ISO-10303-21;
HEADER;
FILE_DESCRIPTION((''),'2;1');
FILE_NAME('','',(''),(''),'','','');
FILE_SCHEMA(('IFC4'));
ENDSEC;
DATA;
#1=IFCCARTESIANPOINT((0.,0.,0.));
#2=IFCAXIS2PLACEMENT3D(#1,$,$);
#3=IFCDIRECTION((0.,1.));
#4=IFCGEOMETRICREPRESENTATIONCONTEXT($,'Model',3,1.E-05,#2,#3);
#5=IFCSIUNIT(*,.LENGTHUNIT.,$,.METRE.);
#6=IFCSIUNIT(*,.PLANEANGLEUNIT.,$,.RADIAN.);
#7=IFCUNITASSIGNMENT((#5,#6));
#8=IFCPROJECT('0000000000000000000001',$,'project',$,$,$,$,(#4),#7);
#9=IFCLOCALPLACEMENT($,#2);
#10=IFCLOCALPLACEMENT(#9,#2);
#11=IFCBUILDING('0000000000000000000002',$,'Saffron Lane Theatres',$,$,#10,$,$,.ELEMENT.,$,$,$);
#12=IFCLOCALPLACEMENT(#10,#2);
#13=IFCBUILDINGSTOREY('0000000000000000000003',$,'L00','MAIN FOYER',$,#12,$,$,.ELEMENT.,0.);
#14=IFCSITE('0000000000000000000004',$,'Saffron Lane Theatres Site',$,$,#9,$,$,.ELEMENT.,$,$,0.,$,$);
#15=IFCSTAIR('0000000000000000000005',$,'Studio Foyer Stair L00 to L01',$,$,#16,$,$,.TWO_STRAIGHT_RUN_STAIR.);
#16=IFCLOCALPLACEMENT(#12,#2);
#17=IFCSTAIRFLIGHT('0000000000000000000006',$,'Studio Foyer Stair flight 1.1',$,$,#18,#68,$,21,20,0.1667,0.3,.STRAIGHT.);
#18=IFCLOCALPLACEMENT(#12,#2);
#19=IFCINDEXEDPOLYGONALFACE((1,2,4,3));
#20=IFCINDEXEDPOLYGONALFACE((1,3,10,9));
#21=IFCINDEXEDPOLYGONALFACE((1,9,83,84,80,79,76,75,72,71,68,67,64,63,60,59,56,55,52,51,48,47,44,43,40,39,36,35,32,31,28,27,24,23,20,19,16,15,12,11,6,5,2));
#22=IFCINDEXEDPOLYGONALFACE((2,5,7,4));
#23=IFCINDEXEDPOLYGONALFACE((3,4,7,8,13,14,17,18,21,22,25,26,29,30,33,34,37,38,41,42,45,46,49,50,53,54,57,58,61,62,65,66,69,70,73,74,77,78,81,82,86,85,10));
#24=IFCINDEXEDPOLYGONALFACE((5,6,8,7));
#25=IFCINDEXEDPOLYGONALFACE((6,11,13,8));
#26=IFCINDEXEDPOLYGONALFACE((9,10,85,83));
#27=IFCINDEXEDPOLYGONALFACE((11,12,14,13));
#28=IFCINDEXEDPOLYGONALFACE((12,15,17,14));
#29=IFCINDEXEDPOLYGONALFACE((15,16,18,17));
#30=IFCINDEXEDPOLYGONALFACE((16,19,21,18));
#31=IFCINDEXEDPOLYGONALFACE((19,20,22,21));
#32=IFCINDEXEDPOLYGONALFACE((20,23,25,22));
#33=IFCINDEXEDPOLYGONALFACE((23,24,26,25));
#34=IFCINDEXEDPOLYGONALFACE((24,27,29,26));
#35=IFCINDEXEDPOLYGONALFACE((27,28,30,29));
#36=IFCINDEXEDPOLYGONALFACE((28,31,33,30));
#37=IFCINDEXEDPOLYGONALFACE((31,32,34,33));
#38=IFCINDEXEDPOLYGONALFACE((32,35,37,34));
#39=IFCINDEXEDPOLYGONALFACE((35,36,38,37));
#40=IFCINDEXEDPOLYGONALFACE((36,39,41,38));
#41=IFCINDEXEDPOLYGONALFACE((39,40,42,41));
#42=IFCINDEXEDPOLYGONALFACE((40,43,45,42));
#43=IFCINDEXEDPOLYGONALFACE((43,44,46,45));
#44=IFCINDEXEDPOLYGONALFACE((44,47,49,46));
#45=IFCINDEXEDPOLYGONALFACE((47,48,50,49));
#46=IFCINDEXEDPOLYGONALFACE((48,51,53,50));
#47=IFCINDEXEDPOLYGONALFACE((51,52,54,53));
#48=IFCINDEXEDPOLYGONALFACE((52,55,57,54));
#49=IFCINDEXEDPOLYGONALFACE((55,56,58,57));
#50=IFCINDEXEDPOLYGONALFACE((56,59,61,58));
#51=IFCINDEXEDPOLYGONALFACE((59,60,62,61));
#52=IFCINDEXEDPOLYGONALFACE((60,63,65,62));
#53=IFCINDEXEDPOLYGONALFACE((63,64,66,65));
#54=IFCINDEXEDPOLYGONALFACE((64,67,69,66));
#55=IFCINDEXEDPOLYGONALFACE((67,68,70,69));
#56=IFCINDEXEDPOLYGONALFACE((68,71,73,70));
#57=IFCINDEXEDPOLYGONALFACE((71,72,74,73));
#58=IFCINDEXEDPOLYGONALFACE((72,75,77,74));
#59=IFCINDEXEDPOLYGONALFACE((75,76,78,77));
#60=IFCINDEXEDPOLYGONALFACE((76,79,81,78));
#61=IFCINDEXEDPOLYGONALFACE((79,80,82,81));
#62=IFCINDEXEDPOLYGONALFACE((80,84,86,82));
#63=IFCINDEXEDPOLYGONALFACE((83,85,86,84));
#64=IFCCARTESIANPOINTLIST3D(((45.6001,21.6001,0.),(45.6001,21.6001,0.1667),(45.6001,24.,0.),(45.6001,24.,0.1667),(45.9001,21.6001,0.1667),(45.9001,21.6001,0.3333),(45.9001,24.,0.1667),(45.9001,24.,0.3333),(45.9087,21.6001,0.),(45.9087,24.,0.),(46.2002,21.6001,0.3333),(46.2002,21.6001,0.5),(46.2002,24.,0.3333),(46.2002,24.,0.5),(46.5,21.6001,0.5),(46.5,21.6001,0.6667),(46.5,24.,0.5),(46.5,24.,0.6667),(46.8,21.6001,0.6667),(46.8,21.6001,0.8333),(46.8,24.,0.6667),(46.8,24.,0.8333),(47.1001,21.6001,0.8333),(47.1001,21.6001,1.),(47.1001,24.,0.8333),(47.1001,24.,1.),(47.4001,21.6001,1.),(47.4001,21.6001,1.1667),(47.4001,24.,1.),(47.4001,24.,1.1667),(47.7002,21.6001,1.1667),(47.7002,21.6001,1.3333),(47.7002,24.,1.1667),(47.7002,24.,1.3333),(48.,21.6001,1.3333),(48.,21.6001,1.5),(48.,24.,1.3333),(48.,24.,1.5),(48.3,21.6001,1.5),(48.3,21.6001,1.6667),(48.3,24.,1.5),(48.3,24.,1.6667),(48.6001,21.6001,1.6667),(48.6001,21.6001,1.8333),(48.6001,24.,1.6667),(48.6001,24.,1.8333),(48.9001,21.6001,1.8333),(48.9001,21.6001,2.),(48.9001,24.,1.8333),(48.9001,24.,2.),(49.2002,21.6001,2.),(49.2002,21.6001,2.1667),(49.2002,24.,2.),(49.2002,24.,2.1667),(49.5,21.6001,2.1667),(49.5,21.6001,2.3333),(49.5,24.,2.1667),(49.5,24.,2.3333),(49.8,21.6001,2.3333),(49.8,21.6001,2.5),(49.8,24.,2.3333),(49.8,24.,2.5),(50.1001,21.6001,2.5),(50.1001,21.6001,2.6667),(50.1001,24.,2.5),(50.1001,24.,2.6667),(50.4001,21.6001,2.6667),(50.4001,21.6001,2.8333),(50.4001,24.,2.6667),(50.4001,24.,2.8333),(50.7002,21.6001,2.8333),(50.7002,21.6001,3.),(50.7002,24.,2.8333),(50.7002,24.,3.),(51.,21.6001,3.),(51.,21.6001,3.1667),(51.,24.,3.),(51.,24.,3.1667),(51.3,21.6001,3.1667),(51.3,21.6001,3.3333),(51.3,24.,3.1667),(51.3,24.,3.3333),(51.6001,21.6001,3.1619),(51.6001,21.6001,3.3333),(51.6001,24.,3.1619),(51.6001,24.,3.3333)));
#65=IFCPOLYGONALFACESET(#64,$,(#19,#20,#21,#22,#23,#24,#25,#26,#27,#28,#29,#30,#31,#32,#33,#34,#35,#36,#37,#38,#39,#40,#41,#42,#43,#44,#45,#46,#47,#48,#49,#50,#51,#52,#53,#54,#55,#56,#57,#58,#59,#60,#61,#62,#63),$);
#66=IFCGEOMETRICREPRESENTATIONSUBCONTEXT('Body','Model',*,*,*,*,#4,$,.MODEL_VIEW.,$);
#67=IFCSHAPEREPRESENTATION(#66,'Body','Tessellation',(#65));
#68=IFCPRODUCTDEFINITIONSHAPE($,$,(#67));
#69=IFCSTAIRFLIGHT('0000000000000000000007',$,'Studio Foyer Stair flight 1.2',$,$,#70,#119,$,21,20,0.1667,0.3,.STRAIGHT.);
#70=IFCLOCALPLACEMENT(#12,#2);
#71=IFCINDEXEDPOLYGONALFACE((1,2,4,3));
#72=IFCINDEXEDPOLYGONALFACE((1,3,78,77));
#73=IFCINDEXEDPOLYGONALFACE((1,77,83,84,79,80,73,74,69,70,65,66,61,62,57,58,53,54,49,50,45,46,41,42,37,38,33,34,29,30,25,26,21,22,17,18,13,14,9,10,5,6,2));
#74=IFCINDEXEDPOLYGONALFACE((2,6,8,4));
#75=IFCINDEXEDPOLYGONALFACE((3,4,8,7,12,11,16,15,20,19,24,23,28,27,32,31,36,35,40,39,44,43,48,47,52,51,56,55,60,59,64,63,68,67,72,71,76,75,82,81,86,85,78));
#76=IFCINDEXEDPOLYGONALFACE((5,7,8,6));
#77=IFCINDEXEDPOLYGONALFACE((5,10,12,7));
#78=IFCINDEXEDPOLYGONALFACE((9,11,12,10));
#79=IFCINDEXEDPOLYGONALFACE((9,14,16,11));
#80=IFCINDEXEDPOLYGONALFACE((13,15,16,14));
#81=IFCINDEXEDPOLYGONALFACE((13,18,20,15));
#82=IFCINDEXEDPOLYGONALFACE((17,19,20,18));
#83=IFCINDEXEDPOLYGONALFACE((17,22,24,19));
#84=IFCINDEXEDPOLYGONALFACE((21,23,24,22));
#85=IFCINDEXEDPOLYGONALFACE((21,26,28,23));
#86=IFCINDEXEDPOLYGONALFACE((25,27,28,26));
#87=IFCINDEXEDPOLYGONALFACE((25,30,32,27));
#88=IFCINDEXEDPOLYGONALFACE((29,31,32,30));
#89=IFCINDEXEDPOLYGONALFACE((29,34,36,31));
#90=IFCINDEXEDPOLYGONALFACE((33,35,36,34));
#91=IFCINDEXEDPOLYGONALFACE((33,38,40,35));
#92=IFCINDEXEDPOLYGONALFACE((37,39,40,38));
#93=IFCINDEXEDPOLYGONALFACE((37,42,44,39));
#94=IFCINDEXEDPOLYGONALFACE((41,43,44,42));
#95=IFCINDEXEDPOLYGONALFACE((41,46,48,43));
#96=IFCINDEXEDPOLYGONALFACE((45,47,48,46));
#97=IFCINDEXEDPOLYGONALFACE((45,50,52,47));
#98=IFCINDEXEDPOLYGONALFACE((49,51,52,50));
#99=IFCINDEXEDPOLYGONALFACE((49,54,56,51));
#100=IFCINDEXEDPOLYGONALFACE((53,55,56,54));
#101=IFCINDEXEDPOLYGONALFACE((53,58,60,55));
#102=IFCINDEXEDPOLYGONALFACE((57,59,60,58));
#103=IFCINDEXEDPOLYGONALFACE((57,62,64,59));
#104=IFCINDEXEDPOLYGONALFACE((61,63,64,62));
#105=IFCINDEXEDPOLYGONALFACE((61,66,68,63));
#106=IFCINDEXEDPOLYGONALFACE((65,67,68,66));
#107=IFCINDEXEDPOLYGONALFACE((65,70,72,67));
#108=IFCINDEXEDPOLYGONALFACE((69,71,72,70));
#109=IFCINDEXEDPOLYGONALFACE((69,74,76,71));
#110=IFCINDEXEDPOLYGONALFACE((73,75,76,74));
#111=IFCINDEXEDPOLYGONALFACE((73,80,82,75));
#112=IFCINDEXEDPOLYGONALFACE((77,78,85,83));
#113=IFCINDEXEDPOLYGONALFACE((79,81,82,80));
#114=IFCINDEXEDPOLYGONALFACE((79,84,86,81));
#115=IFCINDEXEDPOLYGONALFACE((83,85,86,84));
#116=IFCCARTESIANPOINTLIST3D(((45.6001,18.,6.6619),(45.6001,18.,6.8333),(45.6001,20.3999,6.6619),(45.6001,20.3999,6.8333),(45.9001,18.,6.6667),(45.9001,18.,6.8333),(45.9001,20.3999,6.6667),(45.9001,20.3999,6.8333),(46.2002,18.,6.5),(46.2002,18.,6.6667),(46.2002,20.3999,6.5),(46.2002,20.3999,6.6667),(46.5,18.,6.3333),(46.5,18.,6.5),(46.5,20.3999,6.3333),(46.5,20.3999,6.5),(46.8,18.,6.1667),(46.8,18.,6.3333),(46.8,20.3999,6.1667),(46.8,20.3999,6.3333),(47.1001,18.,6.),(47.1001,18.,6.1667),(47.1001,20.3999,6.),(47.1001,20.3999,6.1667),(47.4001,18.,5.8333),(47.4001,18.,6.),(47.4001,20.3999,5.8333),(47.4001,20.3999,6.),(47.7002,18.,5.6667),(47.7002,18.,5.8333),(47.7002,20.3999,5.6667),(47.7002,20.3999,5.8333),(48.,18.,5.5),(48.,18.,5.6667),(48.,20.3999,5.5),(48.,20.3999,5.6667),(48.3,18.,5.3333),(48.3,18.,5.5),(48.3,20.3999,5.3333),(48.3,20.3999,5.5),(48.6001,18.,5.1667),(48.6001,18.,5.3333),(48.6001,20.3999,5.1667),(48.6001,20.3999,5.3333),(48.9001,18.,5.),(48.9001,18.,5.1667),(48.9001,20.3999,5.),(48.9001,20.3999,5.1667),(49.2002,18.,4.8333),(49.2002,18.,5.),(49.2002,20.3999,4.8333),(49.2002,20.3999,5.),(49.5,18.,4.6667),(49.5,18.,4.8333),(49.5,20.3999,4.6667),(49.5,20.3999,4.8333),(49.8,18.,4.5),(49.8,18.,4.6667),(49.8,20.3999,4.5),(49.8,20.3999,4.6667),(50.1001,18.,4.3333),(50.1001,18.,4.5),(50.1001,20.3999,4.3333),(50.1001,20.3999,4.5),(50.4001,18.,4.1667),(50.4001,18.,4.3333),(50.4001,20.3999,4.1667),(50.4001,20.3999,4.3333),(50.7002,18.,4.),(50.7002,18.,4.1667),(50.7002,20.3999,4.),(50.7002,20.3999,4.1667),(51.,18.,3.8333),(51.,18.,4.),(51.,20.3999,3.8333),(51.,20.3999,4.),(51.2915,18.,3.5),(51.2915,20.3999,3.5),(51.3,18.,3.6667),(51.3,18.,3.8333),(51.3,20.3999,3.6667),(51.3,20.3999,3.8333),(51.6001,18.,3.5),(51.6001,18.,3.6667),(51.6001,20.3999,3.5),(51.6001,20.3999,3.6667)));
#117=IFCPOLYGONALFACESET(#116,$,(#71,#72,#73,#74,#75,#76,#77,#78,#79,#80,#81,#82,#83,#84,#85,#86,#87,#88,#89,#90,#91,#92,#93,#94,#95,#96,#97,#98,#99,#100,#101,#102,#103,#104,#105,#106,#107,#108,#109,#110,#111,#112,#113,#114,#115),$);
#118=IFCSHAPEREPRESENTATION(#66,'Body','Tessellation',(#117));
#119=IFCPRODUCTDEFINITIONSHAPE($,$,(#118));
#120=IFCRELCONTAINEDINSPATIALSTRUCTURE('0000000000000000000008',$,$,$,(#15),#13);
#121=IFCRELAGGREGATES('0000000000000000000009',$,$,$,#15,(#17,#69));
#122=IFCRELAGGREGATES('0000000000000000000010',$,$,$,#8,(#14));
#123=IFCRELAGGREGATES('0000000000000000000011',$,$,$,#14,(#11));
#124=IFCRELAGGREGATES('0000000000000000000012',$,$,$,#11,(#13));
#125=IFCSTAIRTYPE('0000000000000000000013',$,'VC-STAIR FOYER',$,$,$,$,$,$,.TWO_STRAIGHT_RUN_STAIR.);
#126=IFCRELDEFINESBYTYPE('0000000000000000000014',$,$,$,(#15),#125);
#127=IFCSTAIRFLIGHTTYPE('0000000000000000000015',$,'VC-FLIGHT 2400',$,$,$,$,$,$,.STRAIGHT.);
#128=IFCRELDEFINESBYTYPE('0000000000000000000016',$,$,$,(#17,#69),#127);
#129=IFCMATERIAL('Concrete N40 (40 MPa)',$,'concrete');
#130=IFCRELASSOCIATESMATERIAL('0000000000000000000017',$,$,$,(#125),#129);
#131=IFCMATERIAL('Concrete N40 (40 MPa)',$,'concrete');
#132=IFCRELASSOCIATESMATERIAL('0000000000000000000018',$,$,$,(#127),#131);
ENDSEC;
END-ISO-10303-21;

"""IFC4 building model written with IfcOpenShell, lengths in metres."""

from ifc_helpers import new_model, si_unit, direction, frame, origin, place, context, subcontext, project, spatial, polyline, outline, extrude, material, type_object, element, aggregate, save


model = new_model("IFC4")

# Units and contexts
model_context = context("Model", 3, precision=1e-05, world=origin(), true_north=direction((0.0, 1.0)))
body_context = subcontext(model_context, "Body", "Model", "MODEL_VIEW")
ifc_project = project(units=[si_unit("LENGTHUNIT", "METRE"), si_unit("PLANEANGLEUNIT", "RADIAN")], contexts=[model_context])

# Site, building, storey
site_placement = place(None, origin())
site = spatial("IfcSite", under=ifc_project, at=site_placement, Name="Saffron Lane Theatres Site", CompositionType="ELEMENT", RefElevation=0.0)
building_placement = place(site_placement, origin())
building = spatial("IfcBuilding", under=site, at=building_placement, Name="Saffron Lane Theatres", CompositionType="ELEMENT")
storey_placement = place(building_placement, origin())
storey = spatial("IfcBuildingStorey", under=building, at=storey_placement, Name="L00", Description="MAIN FOYER", CompositionType="ELEMENT", Elevation=0.0)

# Stair, stair flights
ifc_material_1 = material(Name="Concrete N40 (40 MPa)", Category="concrete")
stair_type = type_object("IfcStairType", Name="VC-STAIR FOYER", PredefinedType="TWO_STRAIGHT_RUN_STAIR", material=ifc_material_1)
stair_placement = place(storey_placement, origin())
stair = element("IfcStair", 1, at=stair_placement, inside=storey, type_object=stair_type, Name="Studio Foyer Stair L00 to L01", PredefinedType="TWO_STRAIGHT_RUN_STAIR")
ifc_material_2 = material(Name="Concrete N40 (40 MPa)", Category="concrete")
stair_flight_type = type_object("IfcStairFlightType", Name="VC-FLIGHT 2400", PredefinedType="STRAIGHT", material=ifc_material_2)
stair_flight_1_placement = place(storey_placement, frame((45.6001, 22.8, 0.0), z_axis=(0.0, 0.0, 1.0), x_axis=(1.0, 0.0, 0.0)))
stair_flight_1 = element("IfcStairFlight", 2, at=stair_flight_1_placement, type_object=stair_flight_type, Name="Studio Foyer Stair flight 1.1", NumberOfRisers=21, NumberOfTreads=20, PredefinedType="STRAIGHT", RiserHeight=0.1667, TreadLength=0.3, context=body_context, shape_type="SweptSolid", body=[
    extrude(outline(polyline([(0.0, 0.0), (0.0, 0.1667), (0.3, 0.1667), (0.3, 0.3333), (0.6001, 0.3333), (0.6001, 0.5), (0.8999, 0.5), (0.8999, 0.6667), (1.2, 0.6667), (1.2, 0.8333), (1.5, 0.8333), (1.5, 1.0), (1.8, 1.0), (1.8, 1.1667), (2.1001, 1.1667), (2.1001, 1.3333), (2.3999, 1.3333), (2.3999, 1.5), (2.7, 1.5), (2.7, 1.6667), (3.0, 1.6667), (3.0, 1.8333), (3.3, 1.8333), (3.3, 2.0), (3.6001, 2.0), (3.6001, 2.1667), (3.8999, 2.1667), (3.8999, 2.3333), (4.2, 2.3333), (4.2, 2.5), (4.5, 2.5), (4.5, 2.6667), (4.8, 2.6667), (4.8, 2.8333), (5.1001, 2.8333), (5.1001, 3.0), (5.3999, 3.0), (5.3999, 3.1667), (5.7, 3.1667), (5.7, 3.3333), (6.0, 3.3333), (6.0, 3.5), (6.0, 3.1619), (0.3086, 0.0), (0.0, 0.0)])), frame((0.0, 1.2, 0.0), z_axis=(0.0, -1.0, 0.0), x_axis=(1.0, 0.0, 0.0)), (0.0, 0.0, 1.0), 2.3999),
])
stair_flight_2_placement = place(storey_placement, frame((51.6001, 19.2, 3.5), z_axis=(0.0, 0.0, 1.0), x_axis=(-1.0, 0.0, 0.0)))
stair_flight_2 = element("IfcStairFlight", 3, at=stair_flight_2_placement, type_object=stair_flight_type, Name="Studio Foyer Stair flight 1.2", NumberOfRisers=21, NumberOfTreads=20, PredefinedType="STRAIGHT", RiserHeight=0.1667, TreadLength=0.3, context=body_context, shape_type="SweptSolid", body=[
    extrude(outline(polyline([(0.0, 0.0), (0.0, 0.1667), (0.3, 0.1667), (0.3, 0.3333), (0.6001, 0.3333), (0.6001, 0.5), (0.8999, 0.5), (0.8999, 0.6667), (1.2, 0.6667), (1.2, 0.8333), (1.5, 0.8333), (1.5, 1.0), (1.8, 1.0), (1.8, 1.1667), (2.1001, 1.1667), (2.1001, 1.3333), (2.3999, 1.3333), (2.3999, 1.5), (2.7, 1.5), (2.7, 1.6667), (3.0, 1.6667), (3.0, 1.8333), (3.3, 1.8333), (3.3, 2.0), (3.6001, 2.0), (3.6001, 2.1667), (3.8999, 2.1667), (3.8999, 2.3333), (4.2, 2.3333), (4.2, 2.5), (4.5, 2.5), (4.5, 2.6667), (4.8, 2.6667), (4.8, 2.8333), (5.1001, 2.8333), (5.1001, 3.0), (5.3999, 3.0), (5.3999, 3.1667), (5.7, 3.1667), (5.7, 3.3333), (6.0, 3.3333), (6.0, 3.5), (6.0, 3.1619), (0.3086, 0.0), (0.0, 0.0)])), frame((0.0, 1.2, 0.0), z_axis=(0.0, -1.0, 0.0), x_axis=(1.0, 0.0, 0.0)), (0.0, 0.0, 1.0), 2.3999),
])
aggregate(stair, [stair_flight_1, stair_flight_2])

save(model, "model.ifc")
